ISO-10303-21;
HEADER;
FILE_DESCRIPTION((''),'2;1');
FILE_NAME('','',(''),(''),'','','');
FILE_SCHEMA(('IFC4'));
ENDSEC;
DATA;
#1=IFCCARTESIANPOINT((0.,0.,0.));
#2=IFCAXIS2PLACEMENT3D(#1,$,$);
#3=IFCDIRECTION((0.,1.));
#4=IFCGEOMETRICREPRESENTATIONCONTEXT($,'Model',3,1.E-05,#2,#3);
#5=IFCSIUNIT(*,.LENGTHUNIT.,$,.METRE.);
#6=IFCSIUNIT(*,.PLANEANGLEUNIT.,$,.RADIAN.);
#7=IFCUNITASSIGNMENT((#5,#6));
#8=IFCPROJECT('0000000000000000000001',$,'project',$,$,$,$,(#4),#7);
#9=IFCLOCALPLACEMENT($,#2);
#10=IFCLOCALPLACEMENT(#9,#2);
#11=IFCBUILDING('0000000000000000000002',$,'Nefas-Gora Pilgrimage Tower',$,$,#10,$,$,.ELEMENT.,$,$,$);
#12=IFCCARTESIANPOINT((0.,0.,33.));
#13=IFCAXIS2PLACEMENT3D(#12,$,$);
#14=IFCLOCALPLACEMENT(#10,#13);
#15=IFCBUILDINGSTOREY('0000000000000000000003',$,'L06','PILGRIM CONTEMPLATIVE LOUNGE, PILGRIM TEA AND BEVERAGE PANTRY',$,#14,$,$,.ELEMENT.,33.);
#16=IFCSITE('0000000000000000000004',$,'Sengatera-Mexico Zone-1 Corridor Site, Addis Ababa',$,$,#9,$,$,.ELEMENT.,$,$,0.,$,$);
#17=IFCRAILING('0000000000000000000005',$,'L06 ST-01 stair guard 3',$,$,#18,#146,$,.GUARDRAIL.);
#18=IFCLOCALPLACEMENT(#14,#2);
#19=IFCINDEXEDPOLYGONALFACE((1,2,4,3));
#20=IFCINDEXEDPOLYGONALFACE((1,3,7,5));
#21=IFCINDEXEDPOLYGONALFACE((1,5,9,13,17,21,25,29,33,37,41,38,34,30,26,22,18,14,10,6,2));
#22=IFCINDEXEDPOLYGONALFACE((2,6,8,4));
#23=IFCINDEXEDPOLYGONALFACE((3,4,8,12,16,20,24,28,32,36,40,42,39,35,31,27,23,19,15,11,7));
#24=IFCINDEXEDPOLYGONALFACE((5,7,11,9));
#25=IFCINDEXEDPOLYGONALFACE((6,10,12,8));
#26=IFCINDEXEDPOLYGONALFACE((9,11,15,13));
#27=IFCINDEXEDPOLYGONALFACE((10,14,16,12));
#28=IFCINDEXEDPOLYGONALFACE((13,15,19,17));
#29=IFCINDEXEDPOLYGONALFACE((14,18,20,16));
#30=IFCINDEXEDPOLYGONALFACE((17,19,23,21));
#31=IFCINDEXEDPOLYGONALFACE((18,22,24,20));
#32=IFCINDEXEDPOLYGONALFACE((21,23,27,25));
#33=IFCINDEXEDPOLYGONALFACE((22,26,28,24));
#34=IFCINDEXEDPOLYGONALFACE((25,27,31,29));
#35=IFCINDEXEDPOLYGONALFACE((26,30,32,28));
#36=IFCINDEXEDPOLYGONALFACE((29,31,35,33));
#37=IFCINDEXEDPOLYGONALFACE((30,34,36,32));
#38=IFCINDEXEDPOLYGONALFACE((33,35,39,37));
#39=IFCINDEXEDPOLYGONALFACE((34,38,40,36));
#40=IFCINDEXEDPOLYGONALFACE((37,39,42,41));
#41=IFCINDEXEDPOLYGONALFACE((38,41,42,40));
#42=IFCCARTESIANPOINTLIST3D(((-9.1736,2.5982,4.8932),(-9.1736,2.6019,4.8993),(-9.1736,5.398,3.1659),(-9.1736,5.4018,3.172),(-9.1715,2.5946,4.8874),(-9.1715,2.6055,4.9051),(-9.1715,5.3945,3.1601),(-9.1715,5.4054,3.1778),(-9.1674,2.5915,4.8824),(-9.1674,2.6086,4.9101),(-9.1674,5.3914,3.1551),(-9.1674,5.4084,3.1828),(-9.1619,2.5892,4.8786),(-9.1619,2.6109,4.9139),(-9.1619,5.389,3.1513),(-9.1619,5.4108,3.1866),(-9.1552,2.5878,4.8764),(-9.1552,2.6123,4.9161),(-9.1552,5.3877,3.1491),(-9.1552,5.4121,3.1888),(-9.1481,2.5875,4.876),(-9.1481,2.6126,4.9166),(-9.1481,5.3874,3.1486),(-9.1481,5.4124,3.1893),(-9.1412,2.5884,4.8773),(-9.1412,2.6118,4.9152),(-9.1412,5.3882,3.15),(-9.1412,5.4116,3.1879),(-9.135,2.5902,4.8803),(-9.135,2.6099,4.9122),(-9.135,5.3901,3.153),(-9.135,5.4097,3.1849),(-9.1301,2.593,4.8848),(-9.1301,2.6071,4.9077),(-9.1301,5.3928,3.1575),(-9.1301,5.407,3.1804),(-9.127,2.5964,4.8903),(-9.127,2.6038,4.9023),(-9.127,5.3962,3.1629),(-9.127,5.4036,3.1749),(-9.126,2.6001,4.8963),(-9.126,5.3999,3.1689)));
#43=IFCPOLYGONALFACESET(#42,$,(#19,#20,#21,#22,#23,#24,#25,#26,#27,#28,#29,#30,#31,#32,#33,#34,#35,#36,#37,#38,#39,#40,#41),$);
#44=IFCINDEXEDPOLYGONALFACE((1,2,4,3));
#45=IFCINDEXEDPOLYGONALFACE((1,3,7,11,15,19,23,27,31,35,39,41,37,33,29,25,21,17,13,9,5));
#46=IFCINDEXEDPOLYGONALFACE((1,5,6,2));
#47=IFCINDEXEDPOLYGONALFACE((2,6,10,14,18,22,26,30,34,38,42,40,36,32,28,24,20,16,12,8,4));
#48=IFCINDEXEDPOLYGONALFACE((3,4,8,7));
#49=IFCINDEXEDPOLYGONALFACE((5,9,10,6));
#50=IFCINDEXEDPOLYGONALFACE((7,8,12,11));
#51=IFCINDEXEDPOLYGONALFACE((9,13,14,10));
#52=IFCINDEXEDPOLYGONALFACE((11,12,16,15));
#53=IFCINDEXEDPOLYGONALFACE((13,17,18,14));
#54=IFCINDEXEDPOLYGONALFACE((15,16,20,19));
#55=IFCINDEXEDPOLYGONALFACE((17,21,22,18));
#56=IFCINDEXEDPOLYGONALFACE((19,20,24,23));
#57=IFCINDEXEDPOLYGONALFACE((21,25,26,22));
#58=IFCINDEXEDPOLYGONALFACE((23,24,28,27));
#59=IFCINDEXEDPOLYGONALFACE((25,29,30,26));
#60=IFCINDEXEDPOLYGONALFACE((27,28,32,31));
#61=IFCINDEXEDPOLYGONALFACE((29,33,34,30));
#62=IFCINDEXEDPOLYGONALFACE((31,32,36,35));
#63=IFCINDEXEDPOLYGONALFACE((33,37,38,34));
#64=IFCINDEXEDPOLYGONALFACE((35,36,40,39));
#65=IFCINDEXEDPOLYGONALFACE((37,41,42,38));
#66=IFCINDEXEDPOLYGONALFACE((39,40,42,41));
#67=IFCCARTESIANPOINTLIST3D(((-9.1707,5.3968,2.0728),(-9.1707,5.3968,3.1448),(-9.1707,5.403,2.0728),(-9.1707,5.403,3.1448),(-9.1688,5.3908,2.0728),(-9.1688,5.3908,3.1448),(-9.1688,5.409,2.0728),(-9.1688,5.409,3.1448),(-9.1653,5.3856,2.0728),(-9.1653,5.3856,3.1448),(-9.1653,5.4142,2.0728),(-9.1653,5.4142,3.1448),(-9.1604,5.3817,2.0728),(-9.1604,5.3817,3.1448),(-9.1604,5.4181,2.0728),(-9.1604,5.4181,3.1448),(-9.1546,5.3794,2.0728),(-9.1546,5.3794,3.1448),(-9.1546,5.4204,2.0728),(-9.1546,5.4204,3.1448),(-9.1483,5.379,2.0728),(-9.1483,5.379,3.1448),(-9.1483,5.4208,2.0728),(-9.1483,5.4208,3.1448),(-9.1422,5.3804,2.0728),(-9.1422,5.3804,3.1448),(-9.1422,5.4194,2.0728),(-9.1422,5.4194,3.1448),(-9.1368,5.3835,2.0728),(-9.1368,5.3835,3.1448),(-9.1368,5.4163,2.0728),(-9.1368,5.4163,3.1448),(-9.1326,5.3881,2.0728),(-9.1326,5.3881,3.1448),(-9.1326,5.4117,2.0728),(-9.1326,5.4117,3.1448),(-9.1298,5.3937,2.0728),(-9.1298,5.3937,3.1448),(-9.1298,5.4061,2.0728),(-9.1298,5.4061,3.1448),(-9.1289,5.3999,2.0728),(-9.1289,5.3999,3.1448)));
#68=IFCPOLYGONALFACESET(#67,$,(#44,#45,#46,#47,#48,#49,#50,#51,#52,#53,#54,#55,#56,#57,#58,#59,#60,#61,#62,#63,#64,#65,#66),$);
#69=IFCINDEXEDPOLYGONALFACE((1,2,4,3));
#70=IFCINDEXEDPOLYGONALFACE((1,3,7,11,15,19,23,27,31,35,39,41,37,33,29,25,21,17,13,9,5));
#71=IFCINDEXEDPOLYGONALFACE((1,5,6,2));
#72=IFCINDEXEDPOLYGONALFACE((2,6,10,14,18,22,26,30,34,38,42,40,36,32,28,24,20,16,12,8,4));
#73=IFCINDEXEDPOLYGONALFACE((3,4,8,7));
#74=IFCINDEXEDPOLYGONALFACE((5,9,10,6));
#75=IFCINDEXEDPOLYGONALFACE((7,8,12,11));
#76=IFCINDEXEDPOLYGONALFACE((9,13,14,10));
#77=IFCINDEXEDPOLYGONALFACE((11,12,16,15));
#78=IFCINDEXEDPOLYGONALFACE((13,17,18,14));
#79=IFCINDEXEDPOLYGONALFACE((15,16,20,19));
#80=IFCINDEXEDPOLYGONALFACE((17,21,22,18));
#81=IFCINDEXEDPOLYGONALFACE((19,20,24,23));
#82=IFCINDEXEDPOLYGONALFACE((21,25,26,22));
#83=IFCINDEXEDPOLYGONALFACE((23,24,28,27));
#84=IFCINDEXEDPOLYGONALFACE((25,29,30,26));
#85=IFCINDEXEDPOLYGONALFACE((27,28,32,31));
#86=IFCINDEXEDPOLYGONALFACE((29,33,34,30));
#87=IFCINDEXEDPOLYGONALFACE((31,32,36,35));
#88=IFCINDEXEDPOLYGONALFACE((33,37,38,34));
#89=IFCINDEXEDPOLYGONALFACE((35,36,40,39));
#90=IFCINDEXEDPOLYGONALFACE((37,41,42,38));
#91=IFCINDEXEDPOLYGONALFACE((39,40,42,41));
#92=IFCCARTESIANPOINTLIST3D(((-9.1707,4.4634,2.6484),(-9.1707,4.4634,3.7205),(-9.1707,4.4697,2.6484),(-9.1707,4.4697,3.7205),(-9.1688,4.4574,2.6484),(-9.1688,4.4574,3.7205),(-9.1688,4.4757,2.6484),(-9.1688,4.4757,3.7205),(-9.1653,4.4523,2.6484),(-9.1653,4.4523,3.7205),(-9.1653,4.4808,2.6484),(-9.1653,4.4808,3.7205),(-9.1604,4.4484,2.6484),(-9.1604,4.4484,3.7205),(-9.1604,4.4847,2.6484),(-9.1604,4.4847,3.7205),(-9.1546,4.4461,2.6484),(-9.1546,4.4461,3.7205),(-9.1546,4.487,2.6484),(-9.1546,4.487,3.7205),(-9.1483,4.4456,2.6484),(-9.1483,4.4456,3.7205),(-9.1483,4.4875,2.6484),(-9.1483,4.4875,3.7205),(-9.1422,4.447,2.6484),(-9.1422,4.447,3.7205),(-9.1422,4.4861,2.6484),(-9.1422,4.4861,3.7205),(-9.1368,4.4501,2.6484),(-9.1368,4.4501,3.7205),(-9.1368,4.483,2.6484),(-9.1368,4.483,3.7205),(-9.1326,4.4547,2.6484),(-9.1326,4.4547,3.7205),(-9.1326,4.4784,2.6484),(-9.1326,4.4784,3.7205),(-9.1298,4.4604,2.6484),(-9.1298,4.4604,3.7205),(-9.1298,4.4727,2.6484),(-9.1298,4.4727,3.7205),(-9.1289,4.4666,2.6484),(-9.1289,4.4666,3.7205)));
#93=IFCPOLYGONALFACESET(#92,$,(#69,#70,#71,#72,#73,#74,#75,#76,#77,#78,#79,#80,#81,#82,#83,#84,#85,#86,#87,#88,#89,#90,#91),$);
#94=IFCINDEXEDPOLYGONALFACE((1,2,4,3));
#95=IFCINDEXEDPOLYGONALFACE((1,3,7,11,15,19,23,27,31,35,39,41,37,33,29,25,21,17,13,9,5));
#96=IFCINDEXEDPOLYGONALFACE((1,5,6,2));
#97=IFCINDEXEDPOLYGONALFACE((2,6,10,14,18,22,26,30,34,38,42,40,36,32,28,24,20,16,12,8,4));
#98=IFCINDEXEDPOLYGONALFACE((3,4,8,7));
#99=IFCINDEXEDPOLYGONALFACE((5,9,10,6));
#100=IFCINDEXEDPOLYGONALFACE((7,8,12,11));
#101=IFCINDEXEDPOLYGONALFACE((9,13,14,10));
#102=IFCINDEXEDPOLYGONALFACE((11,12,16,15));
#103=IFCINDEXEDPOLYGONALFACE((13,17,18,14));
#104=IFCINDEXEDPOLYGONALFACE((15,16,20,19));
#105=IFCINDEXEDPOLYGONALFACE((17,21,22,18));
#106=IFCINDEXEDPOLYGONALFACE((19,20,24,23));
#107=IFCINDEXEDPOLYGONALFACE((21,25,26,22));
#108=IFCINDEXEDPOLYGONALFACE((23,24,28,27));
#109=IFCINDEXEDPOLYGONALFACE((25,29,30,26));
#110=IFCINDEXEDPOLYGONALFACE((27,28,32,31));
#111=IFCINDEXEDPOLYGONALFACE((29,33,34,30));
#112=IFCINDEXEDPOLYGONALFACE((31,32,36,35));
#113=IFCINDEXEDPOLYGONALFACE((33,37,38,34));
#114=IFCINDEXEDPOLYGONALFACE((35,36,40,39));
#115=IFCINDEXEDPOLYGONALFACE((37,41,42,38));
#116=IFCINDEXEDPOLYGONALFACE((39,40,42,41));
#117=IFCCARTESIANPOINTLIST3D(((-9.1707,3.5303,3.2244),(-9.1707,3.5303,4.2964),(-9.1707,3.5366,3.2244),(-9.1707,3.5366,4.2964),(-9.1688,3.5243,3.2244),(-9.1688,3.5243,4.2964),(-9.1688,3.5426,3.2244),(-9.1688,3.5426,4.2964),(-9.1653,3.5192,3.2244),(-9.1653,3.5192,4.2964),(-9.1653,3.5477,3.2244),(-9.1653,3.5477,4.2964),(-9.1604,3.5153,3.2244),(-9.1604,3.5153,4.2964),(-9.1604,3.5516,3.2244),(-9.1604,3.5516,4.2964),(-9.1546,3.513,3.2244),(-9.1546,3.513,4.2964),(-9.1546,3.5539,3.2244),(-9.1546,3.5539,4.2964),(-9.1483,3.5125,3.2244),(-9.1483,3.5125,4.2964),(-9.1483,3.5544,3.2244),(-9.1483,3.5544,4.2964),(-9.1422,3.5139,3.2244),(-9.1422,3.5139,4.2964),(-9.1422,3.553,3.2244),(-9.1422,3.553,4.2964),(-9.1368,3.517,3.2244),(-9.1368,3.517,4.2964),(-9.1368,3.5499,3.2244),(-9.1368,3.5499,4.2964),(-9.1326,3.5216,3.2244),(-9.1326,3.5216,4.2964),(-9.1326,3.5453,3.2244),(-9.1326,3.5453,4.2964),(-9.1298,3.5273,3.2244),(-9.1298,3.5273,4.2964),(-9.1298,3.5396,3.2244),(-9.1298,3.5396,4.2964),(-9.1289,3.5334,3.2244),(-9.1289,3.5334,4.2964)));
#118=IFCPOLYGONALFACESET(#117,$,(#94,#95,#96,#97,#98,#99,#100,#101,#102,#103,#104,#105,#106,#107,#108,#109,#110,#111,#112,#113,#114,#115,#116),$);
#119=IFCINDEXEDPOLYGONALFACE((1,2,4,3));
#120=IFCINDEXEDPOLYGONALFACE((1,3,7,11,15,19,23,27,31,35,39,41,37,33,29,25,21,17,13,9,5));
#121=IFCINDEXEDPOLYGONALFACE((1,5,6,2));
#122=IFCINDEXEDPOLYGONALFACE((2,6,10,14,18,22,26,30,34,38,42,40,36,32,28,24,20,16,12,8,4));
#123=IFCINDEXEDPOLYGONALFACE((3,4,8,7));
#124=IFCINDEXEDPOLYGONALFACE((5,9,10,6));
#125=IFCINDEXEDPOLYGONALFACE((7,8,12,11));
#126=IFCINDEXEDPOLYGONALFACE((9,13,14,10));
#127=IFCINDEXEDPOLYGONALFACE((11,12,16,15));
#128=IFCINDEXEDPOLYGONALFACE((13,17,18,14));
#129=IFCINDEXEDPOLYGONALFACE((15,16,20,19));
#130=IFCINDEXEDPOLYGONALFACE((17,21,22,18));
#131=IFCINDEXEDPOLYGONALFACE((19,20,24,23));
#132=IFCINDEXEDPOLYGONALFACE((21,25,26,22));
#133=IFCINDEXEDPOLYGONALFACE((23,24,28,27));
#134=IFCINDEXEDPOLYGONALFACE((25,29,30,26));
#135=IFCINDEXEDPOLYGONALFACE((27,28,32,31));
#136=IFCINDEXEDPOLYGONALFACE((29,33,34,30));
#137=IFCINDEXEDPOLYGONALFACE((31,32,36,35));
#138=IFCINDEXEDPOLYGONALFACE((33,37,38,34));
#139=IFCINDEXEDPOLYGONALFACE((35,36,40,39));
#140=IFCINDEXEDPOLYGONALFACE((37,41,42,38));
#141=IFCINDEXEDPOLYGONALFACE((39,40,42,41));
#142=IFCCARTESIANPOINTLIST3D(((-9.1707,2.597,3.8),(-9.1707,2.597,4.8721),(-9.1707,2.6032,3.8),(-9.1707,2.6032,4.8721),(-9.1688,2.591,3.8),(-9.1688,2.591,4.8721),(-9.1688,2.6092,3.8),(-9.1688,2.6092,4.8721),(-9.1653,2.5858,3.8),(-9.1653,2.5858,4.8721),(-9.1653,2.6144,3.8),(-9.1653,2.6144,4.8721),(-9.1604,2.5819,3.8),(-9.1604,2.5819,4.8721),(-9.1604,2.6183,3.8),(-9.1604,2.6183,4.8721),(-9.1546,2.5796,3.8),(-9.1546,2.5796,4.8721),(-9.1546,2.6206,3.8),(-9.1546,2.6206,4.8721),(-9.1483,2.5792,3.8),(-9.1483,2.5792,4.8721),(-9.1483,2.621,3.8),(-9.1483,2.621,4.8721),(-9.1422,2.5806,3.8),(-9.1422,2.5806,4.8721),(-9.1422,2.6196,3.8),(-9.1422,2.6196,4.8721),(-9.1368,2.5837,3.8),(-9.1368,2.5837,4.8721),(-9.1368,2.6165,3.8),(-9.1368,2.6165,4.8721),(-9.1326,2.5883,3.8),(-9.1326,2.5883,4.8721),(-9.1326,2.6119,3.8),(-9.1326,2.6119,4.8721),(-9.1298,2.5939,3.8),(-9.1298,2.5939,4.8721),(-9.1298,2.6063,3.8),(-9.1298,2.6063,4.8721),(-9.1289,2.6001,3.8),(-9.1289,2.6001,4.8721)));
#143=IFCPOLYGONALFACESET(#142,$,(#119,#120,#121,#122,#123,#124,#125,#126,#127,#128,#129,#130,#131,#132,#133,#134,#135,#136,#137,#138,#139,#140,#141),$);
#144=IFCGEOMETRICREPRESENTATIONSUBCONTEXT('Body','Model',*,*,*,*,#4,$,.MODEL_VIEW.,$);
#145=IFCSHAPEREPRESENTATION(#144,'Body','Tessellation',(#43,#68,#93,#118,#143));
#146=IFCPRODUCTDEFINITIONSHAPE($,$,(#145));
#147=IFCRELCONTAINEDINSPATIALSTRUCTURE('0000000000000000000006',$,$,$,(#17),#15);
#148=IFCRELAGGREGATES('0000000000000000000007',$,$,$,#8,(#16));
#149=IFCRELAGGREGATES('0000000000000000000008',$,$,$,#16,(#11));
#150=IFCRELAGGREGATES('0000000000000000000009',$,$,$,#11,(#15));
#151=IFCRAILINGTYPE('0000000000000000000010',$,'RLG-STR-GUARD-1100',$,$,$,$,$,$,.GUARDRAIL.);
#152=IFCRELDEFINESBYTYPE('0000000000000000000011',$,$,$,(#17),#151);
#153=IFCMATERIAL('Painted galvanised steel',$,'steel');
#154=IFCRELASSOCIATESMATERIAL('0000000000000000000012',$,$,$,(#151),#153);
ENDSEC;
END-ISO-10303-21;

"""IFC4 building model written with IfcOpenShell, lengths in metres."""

from ifc_helpers import new_model, si_unit, direction, frame, origin, origin_2d, place, context, subcontext, project, spatial, circle, extrude, material, type_object, element, save


model = new_model("IFC4")

# Units and contexts
model_context = context("Model", 3, precision=1e-05, world=origin(), true_north=direction((0.0, 1.0)))
body_context = subcontext(model_context, "Body", "Model", "MODEL_VIEW")
ifc_project = project(units=[si_unit("LENGTHUNIT", "METRE"), si_unit("PLANEANGLEUNIT", "RADIAN")], contexts=[model_context])

# Site, building, storey
site_placement = place(None, origin())
site = spatial("IfcSite", under=ifc_project, at=site_placement, Name="Sengatera-Mexico Zone-1 Corridor Site, Addis Ababa", CompositionType="ELEMENT", RefElevation=0.0)
building_placement = place(site_placement, origin())
building = spatial("IfcBuilding", under=site, at=building_placement, Name="Nefas-Gora Pilgrimage Tower", CompositionType="ELEMENT")
storey_placement = place(building_placement, frame((0.0, 0.0, 33.0)))
storey = spatial("IfcBuildingStorey", under=building, at=storey_placement, Name="L06", Description="PILGRIM CONTEMPLATIVE LOUNGE, PILGRIM TEA AND BEVERAGE PANTRY", CompositionType="ELEMENT", Elevation=33.0)

# Railing
ifc_material_1 = material(Name="Painted galvanised steel", Category="steel")
railing_type_1 = type_object("IfcRailingType", Name="RLG-STR-GUARD-1100", PredefinedType="GUARDRAIL", material=ifc_material_1)
railing_1_placement = place(storey_placement, frame((-9.1499, 5.3999, 2.0728)))
element("IfcRailing", 1, at=railing_1_placement, inside=storey, type_object=railing_type_1, Name="L06 ST-01 stair guard 3", PredefinedType="GUARDRAIL", context=body_context, shape_type="SweptSolid", body=[
    extrude(circle(Radius=0.0239, at=origin_2d()), frame((0.0, 0.0, 1.0962), z_axis=(0.0, -0.851069, 0.525054), x_axis=(1.0, 0.0, 0.0)), (0.0, 0.0, 1.0), 3.2898),
    extrude(circle(Radius=0.021, at=origin_2d()), origin(), (0.0, 0.0, 1.0), 1.072),
    extrude(circle(Radius=0.021, at=origin_2d()), frame((0.0, -0.9333, 0.5757)), (0.0, 0.0, 1.0), 1.072),
    extrude(circle(Radius=0.021, at=origin_2d()), frame((0.0, -1.8665, 1.1516)), (0.0, 0.0, 1.0), 1.072),
    extrude(circle(Radius=0.021, at=origin_2d()), frame((0.0, -2.7998, 1.7273)), (0.0, 0.0, 1.0), 1.072),
])

save(model, "model.ifc")
